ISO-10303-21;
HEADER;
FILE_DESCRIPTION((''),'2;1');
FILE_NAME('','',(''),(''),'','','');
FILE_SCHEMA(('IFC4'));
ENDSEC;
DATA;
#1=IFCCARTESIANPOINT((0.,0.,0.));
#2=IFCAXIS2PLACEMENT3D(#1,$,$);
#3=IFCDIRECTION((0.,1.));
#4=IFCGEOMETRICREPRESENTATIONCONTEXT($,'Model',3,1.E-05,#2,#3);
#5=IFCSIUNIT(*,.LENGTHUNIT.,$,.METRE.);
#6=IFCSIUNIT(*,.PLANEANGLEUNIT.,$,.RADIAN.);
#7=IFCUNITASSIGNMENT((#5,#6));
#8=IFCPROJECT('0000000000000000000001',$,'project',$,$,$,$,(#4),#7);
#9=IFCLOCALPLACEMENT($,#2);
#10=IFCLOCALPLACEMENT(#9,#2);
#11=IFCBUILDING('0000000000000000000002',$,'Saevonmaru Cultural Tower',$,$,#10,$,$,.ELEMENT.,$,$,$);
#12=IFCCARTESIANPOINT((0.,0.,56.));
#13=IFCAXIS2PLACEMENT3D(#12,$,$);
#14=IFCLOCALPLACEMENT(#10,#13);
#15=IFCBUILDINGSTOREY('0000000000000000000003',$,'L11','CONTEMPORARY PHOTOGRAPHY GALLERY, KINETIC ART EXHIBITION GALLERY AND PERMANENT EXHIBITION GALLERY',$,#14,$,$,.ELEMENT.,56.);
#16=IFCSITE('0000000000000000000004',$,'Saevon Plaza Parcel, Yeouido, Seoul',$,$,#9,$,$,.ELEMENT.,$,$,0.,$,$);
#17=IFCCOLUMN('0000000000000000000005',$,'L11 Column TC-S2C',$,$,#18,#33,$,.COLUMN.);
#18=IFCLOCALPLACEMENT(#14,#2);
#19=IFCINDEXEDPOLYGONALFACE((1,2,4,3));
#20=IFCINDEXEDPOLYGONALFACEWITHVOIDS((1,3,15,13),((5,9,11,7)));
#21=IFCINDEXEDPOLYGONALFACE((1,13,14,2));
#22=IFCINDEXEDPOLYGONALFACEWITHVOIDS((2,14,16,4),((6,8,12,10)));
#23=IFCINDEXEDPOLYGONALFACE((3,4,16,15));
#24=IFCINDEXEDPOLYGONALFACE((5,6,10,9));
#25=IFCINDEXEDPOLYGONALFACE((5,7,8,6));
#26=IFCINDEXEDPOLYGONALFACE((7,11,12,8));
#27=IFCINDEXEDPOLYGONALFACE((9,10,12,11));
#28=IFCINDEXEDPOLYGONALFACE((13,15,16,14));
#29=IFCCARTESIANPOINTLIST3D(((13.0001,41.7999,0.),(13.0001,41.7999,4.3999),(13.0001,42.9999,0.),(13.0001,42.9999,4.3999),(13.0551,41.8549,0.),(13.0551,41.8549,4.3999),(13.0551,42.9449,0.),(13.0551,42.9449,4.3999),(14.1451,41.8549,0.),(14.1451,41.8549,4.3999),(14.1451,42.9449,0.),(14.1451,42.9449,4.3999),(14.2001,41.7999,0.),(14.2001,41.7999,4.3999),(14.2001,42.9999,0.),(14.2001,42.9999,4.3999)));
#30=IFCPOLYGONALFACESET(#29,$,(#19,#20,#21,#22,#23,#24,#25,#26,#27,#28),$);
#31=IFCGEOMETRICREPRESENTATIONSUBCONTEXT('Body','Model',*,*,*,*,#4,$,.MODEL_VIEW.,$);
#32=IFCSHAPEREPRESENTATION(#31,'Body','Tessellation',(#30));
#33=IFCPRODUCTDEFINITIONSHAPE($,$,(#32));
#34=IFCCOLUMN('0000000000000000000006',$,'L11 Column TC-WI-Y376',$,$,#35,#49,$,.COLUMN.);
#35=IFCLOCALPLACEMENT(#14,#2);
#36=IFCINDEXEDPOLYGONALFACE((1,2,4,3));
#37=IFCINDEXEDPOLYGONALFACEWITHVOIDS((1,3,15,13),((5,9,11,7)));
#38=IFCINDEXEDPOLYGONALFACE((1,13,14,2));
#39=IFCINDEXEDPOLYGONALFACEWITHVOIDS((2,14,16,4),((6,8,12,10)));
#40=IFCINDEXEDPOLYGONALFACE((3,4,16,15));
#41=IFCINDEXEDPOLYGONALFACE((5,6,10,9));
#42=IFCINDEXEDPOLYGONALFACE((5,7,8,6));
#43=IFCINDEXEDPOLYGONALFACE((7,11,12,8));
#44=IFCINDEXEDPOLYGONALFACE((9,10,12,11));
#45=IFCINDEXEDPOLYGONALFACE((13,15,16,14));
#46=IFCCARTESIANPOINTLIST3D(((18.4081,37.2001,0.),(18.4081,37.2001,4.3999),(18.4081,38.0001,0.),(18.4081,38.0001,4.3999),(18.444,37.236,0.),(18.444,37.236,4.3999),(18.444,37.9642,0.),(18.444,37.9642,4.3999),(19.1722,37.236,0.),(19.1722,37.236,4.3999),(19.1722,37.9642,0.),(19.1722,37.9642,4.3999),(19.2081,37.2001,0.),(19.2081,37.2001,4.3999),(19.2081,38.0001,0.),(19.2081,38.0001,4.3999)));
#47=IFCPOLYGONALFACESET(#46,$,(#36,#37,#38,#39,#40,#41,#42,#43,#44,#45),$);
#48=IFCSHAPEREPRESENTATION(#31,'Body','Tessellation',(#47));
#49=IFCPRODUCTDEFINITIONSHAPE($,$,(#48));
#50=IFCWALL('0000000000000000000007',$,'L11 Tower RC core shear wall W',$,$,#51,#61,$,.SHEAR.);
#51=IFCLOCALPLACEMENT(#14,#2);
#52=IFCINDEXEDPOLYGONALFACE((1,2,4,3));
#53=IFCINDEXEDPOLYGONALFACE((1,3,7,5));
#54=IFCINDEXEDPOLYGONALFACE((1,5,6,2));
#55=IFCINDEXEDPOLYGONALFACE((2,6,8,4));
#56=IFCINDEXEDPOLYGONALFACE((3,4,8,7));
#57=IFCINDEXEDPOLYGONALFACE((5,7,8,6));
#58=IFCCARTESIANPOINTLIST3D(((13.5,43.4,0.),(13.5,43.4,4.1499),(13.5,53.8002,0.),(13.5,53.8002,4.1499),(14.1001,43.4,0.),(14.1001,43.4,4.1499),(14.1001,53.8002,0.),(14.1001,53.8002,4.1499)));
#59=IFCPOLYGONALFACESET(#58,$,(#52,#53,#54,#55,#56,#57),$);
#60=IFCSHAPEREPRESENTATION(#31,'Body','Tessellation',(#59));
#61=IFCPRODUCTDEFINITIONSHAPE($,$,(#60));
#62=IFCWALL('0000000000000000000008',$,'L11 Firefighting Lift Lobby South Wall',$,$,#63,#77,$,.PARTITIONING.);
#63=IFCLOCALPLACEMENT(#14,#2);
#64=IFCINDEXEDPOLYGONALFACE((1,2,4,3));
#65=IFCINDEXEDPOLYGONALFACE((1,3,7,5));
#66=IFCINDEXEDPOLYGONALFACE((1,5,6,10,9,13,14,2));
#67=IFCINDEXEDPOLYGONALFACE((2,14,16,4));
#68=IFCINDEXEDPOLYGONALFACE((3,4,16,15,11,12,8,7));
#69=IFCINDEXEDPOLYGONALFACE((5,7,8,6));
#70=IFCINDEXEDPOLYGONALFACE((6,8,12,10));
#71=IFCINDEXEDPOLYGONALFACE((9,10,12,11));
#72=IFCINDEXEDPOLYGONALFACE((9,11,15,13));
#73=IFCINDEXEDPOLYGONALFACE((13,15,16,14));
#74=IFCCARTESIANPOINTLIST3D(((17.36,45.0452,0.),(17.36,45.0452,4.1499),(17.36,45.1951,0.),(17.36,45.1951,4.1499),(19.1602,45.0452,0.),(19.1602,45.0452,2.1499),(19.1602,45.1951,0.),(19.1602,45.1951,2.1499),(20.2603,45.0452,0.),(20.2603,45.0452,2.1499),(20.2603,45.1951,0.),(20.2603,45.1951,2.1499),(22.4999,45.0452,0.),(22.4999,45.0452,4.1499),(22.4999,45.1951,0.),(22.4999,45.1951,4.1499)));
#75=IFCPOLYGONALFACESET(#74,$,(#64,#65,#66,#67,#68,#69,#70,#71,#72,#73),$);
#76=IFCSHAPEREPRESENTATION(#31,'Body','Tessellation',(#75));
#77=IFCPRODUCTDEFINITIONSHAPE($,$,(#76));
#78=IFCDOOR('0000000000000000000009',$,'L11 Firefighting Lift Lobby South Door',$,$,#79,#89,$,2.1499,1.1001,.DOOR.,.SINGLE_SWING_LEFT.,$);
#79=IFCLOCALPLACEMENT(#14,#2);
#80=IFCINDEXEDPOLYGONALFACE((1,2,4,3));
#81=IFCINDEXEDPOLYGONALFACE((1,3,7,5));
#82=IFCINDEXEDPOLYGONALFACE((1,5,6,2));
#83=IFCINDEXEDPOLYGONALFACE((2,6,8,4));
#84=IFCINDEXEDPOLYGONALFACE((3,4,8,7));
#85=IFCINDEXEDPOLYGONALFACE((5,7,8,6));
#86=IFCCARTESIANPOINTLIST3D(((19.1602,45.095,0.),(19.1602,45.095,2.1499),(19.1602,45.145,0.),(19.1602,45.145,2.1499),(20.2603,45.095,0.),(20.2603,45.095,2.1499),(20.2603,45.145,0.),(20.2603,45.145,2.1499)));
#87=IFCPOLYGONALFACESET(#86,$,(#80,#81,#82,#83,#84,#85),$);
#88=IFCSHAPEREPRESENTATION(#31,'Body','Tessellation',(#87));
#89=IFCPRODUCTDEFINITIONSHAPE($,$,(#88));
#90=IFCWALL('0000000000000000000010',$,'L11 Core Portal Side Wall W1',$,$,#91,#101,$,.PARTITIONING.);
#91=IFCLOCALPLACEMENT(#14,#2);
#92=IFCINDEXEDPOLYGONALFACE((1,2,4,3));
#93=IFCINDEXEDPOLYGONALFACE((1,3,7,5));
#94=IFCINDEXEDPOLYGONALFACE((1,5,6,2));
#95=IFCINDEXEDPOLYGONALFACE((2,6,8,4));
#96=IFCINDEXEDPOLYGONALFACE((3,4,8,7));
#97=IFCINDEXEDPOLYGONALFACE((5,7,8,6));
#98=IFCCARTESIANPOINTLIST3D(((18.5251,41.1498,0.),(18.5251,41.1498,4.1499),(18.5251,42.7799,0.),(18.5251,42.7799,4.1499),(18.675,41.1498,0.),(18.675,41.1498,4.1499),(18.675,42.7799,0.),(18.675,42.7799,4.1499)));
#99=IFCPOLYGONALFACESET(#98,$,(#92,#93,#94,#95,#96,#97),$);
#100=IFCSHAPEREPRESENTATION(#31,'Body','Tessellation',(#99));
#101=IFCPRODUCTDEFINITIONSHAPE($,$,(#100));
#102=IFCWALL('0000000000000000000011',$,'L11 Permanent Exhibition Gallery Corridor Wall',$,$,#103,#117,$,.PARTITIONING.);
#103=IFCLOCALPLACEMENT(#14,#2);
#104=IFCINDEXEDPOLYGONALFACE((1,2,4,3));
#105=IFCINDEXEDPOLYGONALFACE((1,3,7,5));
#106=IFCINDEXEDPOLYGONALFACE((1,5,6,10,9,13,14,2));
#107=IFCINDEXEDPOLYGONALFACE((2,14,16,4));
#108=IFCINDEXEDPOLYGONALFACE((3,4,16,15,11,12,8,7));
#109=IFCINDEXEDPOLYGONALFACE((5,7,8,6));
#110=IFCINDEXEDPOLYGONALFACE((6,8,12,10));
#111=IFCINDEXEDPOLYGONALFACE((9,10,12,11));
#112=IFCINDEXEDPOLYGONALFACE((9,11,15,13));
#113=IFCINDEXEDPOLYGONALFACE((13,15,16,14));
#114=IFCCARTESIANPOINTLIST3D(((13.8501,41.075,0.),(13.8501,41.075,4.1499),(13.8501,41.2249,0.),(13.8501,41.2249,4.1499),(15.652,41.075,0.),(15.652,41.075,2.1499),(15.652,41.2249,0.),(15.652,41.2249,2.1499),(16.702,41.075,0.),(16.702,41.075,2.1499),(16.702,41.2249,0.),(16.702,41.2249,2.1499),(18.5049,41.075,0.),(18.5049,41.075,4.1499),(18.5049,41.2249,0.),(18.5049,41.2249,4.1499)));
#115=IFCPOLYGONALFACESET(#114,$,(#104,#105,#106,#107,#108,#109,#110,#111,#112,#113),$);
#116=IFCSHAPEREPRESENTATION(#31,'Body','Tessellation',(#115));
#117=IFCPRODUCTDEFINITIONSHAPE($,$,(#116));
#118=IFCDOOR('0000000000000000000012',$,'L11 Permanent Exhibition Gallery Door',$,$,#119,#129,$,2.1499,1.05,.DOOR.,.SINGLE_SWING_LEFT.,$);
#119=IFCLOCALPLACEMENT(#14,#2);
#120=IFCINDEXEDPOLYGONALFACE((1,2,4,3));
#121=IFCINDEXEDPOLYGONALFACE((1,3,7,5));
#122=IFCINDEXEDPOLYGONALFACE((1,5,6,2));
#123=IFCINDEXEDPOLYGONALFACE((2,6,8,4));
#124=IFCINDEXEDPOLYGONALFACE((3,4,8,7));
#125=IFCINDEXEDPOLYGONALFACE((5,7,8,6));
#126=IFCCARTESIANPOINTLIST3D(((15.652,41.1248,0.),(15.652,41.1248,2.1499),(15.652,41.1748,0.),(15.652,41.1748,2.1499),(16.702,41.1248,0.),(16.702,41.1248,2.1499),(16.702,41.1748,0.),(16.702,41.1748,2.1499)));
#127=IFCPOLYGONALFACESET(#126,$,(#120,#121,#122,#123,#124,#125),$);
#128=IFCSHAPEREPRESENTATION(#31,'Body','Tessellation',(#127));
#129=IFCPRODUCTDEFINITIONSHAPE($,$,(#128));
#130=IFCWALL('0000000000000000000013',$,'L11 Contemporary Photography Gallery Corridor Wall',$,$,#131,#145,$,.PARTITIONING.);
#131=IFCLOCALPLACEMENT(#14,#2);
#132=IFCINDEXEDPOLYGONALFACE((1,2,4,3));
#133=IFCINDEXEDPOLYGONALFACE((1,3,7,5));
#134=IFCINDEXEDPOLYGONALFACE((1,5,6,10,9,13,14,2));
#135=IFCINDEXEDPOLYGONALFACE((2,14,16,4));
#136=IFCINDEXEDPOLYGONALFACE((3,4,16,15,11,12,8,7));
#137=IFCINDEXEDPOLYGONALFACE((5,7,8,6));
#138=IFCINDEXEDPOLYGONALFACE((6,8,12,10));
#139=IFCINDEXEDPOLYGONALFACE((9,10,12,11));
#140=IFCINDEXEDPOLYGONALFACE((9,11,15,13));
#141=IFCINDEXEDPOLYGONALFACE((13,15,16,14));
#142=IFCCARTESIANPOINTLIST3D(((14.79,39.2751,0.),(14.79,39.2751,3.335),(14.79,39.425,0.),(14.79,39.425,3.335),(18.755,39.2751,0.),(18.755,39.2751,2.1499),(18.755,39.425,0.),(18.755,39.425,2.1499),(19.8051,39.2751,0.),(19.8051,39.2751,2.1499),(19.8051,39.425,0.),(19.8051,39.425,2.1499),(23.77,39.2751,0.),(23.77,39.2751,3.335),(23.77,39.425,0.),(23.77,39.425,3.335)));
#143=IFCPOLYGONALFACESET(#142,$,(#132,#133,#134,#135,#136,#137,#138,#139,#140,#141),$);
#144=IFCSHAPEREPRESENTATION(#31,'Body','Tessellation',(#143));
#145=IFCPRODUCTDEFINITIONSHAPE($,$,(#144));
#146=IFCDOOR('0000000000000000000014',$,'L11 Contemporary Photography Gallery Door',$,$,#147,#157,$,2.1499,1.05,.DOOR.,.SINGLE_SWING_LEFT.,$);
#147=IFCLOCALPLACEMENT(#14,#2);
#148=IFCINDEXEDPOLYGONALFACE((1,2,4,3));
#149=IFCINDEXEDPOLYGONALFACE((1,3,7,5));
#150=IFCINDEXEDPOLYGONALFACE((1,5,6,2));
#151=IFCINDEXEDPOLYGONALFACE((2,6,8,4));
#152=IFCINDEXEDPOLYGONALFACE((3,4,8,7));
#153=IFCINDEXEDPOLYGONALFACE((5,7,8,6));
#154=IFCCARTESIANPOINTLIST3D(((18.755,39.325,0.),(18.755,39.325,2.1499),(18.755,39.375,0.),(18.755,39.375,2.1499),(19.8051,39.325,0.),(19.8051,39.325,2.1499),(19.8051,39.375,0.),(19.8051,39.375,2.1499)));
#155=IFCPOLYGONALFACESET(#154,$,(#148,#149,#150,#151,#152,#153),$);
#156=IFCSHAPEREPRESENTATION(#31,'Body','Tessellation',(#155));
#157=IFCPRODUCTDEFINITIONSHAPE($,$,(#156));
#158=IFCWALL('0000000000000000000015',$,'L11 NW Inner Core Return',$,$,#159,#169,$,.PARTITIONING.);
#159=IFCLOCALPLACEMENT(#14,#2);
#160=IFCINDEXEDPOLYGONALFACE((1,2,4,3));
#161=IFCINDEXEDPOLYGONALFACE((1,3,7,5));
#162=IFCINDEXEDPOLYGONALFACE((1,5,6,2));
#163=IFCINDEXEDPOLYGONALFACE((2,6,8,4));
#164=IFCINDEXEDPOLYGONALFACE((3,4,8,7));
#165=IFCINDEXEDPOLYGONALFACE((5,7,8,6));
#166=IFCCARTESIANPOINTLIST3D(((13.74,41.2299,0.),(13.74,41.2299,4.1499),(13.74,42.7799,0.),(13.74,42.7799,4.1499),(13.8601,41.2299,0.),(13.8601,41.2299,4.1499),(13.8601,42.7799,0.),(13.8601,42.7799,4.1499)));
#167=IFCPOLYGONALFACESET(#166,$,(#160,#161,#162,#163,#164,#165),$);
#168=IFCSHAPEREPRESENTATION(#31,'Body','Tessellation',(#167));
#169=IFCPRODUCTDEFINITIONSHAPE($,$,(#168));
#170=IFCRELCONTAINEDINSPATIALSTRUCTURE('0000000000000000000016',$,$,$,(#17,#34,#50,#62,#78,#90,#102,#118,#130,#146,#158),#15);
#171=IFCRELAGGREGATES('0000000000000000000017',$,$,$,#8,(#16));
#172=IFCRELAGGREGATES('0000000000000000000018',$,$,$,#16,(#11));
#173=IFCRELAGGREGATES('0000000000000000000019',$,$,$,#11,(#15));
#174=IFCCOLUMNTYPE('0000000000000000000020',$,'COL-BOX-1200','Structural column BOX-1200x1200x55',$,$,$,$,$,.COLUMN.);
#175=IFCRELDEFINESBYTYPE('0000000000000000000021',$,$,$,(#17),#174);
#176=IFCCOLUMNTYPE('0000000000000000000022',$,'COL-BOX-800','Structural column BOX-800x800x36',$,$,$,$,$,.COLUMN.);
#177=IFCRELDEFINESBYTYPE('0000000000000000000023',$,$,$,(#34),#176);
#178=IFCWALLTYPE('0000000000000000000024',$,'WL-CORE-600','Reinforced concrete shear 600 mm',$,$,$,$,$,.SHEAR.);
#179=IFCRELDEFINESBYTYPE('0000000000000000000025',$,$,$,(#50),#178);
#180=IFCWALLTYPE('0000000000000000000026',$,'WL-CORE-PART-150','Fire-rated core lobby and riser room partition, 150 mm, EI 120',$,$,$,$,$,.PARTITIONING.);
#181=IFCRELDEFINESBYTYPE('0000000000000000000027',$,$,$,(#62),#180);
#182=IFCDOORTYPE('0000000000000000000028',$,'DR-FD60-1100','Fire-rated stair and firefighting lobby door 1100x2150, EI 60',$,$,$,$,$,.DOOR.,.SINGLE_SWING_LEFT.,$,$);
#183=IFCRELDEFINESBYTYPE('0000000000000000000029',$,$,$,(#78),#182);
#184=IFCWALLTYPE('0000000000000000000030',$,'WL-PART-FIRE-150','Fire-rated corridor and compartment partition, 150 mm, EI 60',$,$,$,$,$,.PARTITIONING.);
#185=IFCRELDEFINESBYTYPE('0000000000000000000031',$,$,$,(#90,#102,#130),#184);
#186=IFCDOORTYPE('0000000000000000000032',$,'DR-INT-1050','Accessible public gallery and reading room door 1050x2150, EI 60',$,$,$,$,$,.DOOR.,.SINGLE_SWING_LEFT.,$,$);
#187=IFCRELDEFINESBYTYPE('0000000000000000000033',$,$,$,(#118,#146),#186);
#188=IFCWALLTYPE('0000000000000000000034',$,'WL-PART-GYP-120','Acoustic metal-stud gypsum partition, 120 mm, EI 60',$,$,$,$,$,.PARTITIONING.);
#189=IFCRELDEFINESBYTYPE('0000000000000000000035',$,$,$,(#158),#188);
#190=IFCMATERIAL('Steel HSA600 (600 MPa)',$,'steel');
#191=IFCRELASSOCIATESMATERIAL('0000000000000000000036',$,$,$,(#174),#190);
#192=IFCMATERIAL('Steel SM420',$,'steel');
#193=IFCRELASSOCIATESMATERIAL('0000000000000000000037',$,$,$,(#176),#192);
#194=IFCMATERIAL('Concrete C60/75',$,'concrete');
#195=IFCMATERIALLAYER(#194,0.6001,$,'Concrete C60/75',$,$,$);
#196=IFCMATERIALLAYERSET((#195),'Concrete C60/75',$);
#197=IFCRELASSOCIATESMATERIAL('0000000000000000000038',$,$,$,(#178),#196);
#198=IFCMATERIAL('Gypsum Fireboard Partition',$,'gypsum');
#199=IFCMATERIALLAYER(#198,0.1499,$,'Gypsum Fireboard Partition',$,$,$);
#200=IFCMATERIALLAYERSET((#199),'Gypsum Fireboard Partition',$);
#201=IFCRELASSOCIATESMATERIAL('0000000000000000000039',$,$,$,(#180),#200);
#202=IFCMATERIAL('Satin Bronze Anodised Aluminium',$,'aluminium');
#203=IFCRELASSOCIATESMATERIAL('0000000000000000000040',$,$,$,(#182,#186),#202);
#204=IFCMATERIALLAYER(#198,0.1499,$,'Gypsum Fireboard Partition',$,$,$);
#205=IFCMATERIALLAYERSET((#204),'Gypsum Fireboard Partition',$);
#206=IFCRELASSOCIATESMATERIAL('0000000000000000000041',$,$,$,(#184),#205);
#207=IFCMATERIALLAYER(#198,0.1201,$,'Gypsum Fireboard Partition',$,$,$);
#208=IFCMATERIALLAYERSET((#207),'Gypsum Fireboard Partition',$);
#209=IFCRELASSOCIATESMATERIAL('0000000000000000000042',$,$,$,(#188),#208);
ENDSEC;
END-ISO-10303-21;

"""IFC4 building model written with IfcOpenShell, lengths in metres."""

from ifc_helpers import new_model, si_unit, direction, frame, frame_2d, origin, origin_2d, place, context, subcontext, project, spatial, rectangle, hollow_rectangle, extrude, material, layer, layer_set, material_profile, profile_set, type_object, element, fill, save


model = new_model("IFC4")

# Units and contexts
model_context = context("Model", 3, precision=1e-05, world=origin(), true_north=direction((0.0, 1.0)))
body_context = subcontext(model_context, "Body", "Model", "MODEL_VIEW")
ifc_project = project(units=[si_unit("LENGTHUNIT", "METRE"), si_unit("PLANEANGLEUNIT", "RADIAN")], contexts=[model_context])

# Site, building, storey
site_placement = place(None, origin())
site = spatial("IfcSite", under=ifc_project, at=site_placement, Name="Saevon Plaza Parcel, Yeouido, Seoul", CompositionType="ELEMENT", RefElevation=0.0)
building_placement = place(site_placement, origin())
building = spatial("IfcBuilding", under=site, at=building_placement, Name="Saevonmaru Cultural Tower", CompositionType="ELEMENT")
storey_placement = place(building_placement, frame((0.0, 0.0, 56.0)))
storey = spatial("IfcBuildingStorey", under=building, at=storey_placement, Name="L11", Description="CONTEMPORARY PHOTOGRAPHY GALLERY, KINETIC ART EXHIBITION GALLERY AND PERMANENT EXHIBITION GALLERY", CompositionType="ELEMENT", Elevation=56.0)

# Columns
ifc_material_1 = material(Name="Steel HSA600 (600 MPa)", Category="steel")
ifc_material_profile_1 = material_profile(ifc_material_1, hollow_rectangle(XDim=1.2, YDim=1.2, WallThickness=0.0549, at=origin_2d()), Name="BOX-1200x1200x55")
ifc_profile_set_1 = profile_set([ifc_material_profile_1], Name="Steel HSA600 (600 MPa)")
column_type_1 = type_object("IfcColumnType", Name="COL-BOX-1200", Description="Structural column BOX-1200x1200x55", PredefinedType="COLUMN", material=ifc_profile_set_1)
column_1_placement = place(storey_placement, frame((13.6001, 42.3999, 0.0), z_axis=(0.0, 0.0, 1.0), x_axis=(1.0, 0.0, 0.0)))
element("IfcColumn", 1, at=column_1_placement, inside=storey, type_object=column_type_1, Name="L11 Column TC-S2C", PredefinedType="COLUMN", context=body_context, shape_type="SweptSolid", body=[
    extrude(hollow_rectangle(XDim=1.2, YDim=1.2, WallThickness=0.0549, at=origin_2d()), origin(), (0.0, 0.0, 1.0), 4.3999),
])
ifc_material_2 = material(Name="Steel SM420", Category="steel")
ifc_material_profile_2 = material_profile(ifc_material_2, hollow_rectangle(XDim=0.8, YDim=0.8, WallThickness=0.0359, at=origin_2d()), Name="BOX-800x800x36")
ifc_profile_set_2 = profile_set([ifc_material_profile_2], Name="Steel SM420")
column_type_2 = type_object("IfcColumnType", Name="COL-BOX-800", Description="Structural column BOX-800x800x36", PredefinedType="COLUMN", material=ifc_profile_set_2)
column_2_placement = place(storey_placement, frame((18.8081, 37.6001, 0.0), z_axis=(0.0, 0.0, 1.0), x_axis=(1.0, 0.0, 0.0)))
element("IfcColumn", 2, at=column_2_placement, inside=storey, type_object=column_type_2, Name="L11 Column TC-WI-Y376", PredefinedType="COLUMN", context=body_context, shape_type="SweptSolid", body=[
    extrude(hollow_rectangle(XDim=0.8, YDim=0.8, WallThickness=0.0359, at=origin_2d()), origin(), (0.0, 0.0, 1.0), 4.3999),
])

# Wall
ifc_material_3 = material(Name="Concrete C60/75", Category="concrete")
ifc_layer_1 = layer(ifc_material_3, 0.6001, Name="Concrete C60/75")
ifc_layer_set_1 = layer_set([ifc_layer_1], Name="Concrete C60/75")
wall_type_1 = type_object("IfcWallType", Name="WL-CORE-600", Description="Reinforced concrete shear 600 mm", PredefinedType="SHEAR", material=ifc_layer_set_1)
wall_1_placement = place(storey_placement, frame((13.8, 43.3999, 0.0), z_axis=(0.0, 0.0, 1.0), x_axis=(0.0, 1.0, 0.0)))
element("IfcWall", 3, at=wall_1_placement, inside=storey, type_object=wall_type_1, Name="L11 Tower RC core shear wall W", PredefinedType="SHEAR", context=body_context, shape_type="SweptSolid", body=[
    extrude(rectangle(XDim=10.4001, YDim=0.6001, at=frame_2d((5.2002, 0.0))), origin(), (0.0, 0.0, 1.0), 4.1499),
])

# Wall, opening, door
ifc_material_4 = material(Name="Gypsum Fireboard Partition", Category="gypsum")
ifc_layer_2 = layer(ifc_material_4, 0.1499, Name="Gypsum Fireboard Partition")
ifc_layer_set_2 = layer_set([ifc_layer_2], Name="Gypsum Fireboard Partition")
wall_type_2 = type_object("IfcWallType", Name="WL-CORE-PART-150", Description="Fire-rated core lobby and riser room partition, 150 mm, EI 120", PredefinedType="PARTITIONING", material=ifc_layer_set_2)
wall_2_placement = place(storey_placement, frame((17.3601, 45.1201, 0.0), z_axis=(0.0, 0.0, 1.0), x_axis=(1.0, 0.0, 0.0)))
wall_2 = element("IfcWall", 4, at=wall_2_placement, inside=storey, type_object=wall_type_2, Name="L11 Firefighting Lift Lobby South Wall", PredefinedType="PARTITIONING", context=body_context, shape_type="SweptSolid", body=[
    extrude(rectangle(XDim=5.1399, YDim=0.1499, at=frame_2d((2.5698, 0.0))), origin(), (0.0, 0.0, 1.0), 4.1499),
])
opening_1_placement = place(wall_2_placement, frame((1.8, 0.0, 0.0)))
opening_1 = element("IfcOpeningElement", 5, at=opening_1_placement, cuts=wall_2, PredefinedType="OPENING", context=body_context, shape_type="SweptSolid", body=[
    extrude(rectangle(XDim=1.1001, YDim=2.1499, at=frame_2d((0.55, 1.075))), frame((0.0, 0.085, 0.0), z_axis=(0.0, -1.0, 0.0), x_axis=(1.0, 0.0, 0.0)), (0.0, 0.0, 1.0), 0.1699),
])
ifc_material_5 = material(Name="Satin Bronze Anodised Aluminium", Category="aluminium")
door_type_1 = type_object("IfcDoorType", Name="DR-FD60-1100", Description="Fire-rated stair and firefighting lobby door 1100x2150, EI 60", OperationType="SINGLE_SWING_LEFT", PredefinedType="DOOR", material=ifc_material_5)
door_1_placement = place(opening_1_placement, origin())
door_1 = element("IfcDoor", 6, at=door_1_placement, inside=storey, type_object=door_type_1, Name="L11 Firefighting Lift Lobby South Door", OperationType="SINGLE_SWING_LEFT", OverallHeight=2.1499, OverallWidth=1.1001, PredefinedType="DOOR", context=body_context, shape_type="SweptSolid", body=[
    extrude(rectangle(XDim=1.1001, YDim=2.1499, at=frame_2d((0.55, 1.075))), frame((0.0, 0.0249, 0.0), z_axis=(0.0, -1.0, 0.0), x_axis=(1.0, 0.0, 0.0)), (0.0, 0.0, 1.0), 0.05),
])
fill(opening_1, door_1)

# Wall
ifc_layer_3 = layer(ifc_material_4, 0.1499, Name="Gypsum Fireboard Partition")
ifc_layer_set_3 = layer_set([ifc_layer_3], Name="Gypsum Fireboard Partition")
wall_type_3 = type_object("IfcWallType", Name="WL-PART-FIRE-150", Description="Fire-rated corridor and compartment partition, 150 mm, EI 60", PredefinedType="PARTITIONING", material=ifc_layer_set_3)
wall_3_placement = place(storey_placement, frame((18.6001, 41.1499, 0.0), z_axis=(0.0, 0.0, 1.0), x_axis=(0.0, 1.0, 0.0)))
element("IfcWall", 7, at=wall_3_placement, inside=storey, type_object=wall_type_3, Name="L11 Core Portal Side Wall W1", PredefinedType="PARTITIONING", context=body_context, shape_type="SweptSolid", body=[
    extrude(rectangle(XDim=1.6301, YDim=0.1499, at=frame_2d((0.8149, 0.0))), origin(), (0.0, 0.0, 1.0), 4.1499),
])

# Walls, openings, doors
wall_4_placement = place(storey_placement, frame((13.8501, 41.1499, 0.0), z_axis=(0.0, 0.0, 1.0), x_axis=(1.0, 0.0, 0.0)))
wall_4 = element("IfcWall", 8, at=wall_4_placement, inside=storey, type_object=wall_type_3, Name="L11 Permanent Exhibition Gallery Corridor Wall", PredefinedType="PARTITIONING", context=body_context, shape_type="SweptSolid", body=[
    extrude(rectangle(XDim=4.6548, YDim=0.1499, at=frame_2d((2.3274, 0.0))), origin(), (0.0, 0.0, 1.0), 4.1499),
])
opening_2_placement = place(wall_4_placement, frame((1.802, 0.0, 0.0)))
opening_2 = element("IfcOpeningElement", 9, at=opening_2_placement, cuts=wall_4, PredefinedType="OPENING", context=body_context, shape_type="SweptSolid", body=[
    extrude(rectangle(XDim=1.05, YDim=2.1499, at=frame_2d((0.5249, 1.075))), frame((0.0, 0.085, 0.0), z_axis=(0.0, -1.0, 0.0), x_axis=(1.0, 0.0, 0.0)), (0.0, 0.0, 1.0), 0.1699),
])
door_type_2 = type_object("IfcDoorType", Name="DR-INT-1050", Description="Accessible public gallery and reading room door 1050x2150, EI 60", OperationType="SINGLE_SWING_LEFT", PredefinedType="DOOR", material=ifc_material_5)
door_2_placement = place(opening_2_placement, origin())
door_2 = element("IfcDoor", 10, at=door_2_placement, inside=storey, type_object=door_type_2, Name="L11 Permanent Exhibition Gallery Door", OperationType="SINGLE_SWING_LEFT", OverallHeight=2.1499, OverallWidth=1.05, PredefinedType="DOOR", context=body_context, shape_type="SweptSolid", body=[
    extrude(rectangle(XDim=1.05, YDim=2.1499, at=frame_2d((0.5249, 1.075))), frame((0.0, 0.0249, 0.0), z_axis=(0.0, -1.0, 0.0), x_axis=(1.0, 0.0, 0.0)), (0.0, 0.0, 1.0), 0.05),
])
fill(opening_2, door_2)
wall_5_placement = place(storey_placement, frame((14.79, 39.3501, 0.0), z_axis=(0.0, 0.0, 1.0), x_axis=(1.0, 0.0, 0.0)))
wall_5 = element("IfcWall", 11, at=wall_5_placement, inside=storey, type_object=wall_type_3, Name="L11 Contemporary Photography Gallery Corridor Wall", PredefinedType="PARTITIONING", context=body_context, shape_type="SweptSolid", body=[
    extrude(rectangle(XDim=8.98, YDim=0.1499, at=frame_2d((4.49, 0.0))), origin(), (0.0, 0.0, 1.0), 3.335),
])
opening_3_placement = place(wall_5_placement, frame((3.9651, 0.0, 0.0)))
opening_3 = element("IfcOpeningElement", 12, at=opening_3_placement, cuts=wall_5, PredefinedType="OPENING", context=body_context, shape_type="SweptSolid", body=[
    extrude(rectangle(XDim=1.05, YDim=2.1499, at=frame_2d((0.5249, 1.075))), frame((0.0, 0.085, 0.0), z_axis=(0.0, -1.0, 0.0), x_axis=(1.0, 0.0, 0.0)), (0.0, 0.0, 1.0), 0.1699),
])
door_3_placement = place(opening_3_placement, origin())
door_3 = element("IfcDoor", 13, at=door_3_placement, inside=storey, type_object=door_type_2, Name="L11 Contemporary Photography Gallery Door", OperationType="SINGLE_SWING_LEFT", OverallHeight=2.1499, OverallWidth=1.05, PredefinedType="DOOR", context=body_context, shape_type="SweptSolid", body=[
    extrude(rectangle(XDim=1.05, YDim=2.1499, at=frame_2d((0.5249, 1.075))), frame((0.0, 0.0249, 0.0), z_axis=(0.0, -1.0, 0.0), x_axis=(1.0, 0.0, 0.0)), (0.0, 0.0, 1.0), 0.05),
])
fill(opening_3, door_3)

# Wall
ifc_layer_4 = layer(ifc_material_4, 0.1201, Name="Gypsum Fireboard Partition")
ifc_layer_set_4 = layer_set([ifc_layer_4], Name="Gypsum Fireboard Partition")
wall_type_4 = type_object("IfcWallType", Name="WL-PART-GYP-120", Description="Acoustic metal-stud gypsum partition, 120 mm, EI 60", PredefinedType="PARTITIONING", material=ifc_layer_set_4)
wall_6_placement = place(storey_placement, frame((13.8, 41.23, 0.0), z_axis=(0.0, 0.0, 1.0), x_axis=(0.0, 1.0, 0.0)))
element("IfcWall", 14, at=wall_6_placement, inside=storey, type_object=wall_type_4, Name="L11 NW Inner Core Return", PredefinedType="PARTITIONING", context=body_context, shape_type="SweptSolid", body=[
    extrude(rectangle(XDim=1.55, YDim=0.1201, at=frame_2d((0.7749, 0.0))), origin(), (0.0, 0.0, 1.0), 4.1499),
])

save(model, "model.ifc")
